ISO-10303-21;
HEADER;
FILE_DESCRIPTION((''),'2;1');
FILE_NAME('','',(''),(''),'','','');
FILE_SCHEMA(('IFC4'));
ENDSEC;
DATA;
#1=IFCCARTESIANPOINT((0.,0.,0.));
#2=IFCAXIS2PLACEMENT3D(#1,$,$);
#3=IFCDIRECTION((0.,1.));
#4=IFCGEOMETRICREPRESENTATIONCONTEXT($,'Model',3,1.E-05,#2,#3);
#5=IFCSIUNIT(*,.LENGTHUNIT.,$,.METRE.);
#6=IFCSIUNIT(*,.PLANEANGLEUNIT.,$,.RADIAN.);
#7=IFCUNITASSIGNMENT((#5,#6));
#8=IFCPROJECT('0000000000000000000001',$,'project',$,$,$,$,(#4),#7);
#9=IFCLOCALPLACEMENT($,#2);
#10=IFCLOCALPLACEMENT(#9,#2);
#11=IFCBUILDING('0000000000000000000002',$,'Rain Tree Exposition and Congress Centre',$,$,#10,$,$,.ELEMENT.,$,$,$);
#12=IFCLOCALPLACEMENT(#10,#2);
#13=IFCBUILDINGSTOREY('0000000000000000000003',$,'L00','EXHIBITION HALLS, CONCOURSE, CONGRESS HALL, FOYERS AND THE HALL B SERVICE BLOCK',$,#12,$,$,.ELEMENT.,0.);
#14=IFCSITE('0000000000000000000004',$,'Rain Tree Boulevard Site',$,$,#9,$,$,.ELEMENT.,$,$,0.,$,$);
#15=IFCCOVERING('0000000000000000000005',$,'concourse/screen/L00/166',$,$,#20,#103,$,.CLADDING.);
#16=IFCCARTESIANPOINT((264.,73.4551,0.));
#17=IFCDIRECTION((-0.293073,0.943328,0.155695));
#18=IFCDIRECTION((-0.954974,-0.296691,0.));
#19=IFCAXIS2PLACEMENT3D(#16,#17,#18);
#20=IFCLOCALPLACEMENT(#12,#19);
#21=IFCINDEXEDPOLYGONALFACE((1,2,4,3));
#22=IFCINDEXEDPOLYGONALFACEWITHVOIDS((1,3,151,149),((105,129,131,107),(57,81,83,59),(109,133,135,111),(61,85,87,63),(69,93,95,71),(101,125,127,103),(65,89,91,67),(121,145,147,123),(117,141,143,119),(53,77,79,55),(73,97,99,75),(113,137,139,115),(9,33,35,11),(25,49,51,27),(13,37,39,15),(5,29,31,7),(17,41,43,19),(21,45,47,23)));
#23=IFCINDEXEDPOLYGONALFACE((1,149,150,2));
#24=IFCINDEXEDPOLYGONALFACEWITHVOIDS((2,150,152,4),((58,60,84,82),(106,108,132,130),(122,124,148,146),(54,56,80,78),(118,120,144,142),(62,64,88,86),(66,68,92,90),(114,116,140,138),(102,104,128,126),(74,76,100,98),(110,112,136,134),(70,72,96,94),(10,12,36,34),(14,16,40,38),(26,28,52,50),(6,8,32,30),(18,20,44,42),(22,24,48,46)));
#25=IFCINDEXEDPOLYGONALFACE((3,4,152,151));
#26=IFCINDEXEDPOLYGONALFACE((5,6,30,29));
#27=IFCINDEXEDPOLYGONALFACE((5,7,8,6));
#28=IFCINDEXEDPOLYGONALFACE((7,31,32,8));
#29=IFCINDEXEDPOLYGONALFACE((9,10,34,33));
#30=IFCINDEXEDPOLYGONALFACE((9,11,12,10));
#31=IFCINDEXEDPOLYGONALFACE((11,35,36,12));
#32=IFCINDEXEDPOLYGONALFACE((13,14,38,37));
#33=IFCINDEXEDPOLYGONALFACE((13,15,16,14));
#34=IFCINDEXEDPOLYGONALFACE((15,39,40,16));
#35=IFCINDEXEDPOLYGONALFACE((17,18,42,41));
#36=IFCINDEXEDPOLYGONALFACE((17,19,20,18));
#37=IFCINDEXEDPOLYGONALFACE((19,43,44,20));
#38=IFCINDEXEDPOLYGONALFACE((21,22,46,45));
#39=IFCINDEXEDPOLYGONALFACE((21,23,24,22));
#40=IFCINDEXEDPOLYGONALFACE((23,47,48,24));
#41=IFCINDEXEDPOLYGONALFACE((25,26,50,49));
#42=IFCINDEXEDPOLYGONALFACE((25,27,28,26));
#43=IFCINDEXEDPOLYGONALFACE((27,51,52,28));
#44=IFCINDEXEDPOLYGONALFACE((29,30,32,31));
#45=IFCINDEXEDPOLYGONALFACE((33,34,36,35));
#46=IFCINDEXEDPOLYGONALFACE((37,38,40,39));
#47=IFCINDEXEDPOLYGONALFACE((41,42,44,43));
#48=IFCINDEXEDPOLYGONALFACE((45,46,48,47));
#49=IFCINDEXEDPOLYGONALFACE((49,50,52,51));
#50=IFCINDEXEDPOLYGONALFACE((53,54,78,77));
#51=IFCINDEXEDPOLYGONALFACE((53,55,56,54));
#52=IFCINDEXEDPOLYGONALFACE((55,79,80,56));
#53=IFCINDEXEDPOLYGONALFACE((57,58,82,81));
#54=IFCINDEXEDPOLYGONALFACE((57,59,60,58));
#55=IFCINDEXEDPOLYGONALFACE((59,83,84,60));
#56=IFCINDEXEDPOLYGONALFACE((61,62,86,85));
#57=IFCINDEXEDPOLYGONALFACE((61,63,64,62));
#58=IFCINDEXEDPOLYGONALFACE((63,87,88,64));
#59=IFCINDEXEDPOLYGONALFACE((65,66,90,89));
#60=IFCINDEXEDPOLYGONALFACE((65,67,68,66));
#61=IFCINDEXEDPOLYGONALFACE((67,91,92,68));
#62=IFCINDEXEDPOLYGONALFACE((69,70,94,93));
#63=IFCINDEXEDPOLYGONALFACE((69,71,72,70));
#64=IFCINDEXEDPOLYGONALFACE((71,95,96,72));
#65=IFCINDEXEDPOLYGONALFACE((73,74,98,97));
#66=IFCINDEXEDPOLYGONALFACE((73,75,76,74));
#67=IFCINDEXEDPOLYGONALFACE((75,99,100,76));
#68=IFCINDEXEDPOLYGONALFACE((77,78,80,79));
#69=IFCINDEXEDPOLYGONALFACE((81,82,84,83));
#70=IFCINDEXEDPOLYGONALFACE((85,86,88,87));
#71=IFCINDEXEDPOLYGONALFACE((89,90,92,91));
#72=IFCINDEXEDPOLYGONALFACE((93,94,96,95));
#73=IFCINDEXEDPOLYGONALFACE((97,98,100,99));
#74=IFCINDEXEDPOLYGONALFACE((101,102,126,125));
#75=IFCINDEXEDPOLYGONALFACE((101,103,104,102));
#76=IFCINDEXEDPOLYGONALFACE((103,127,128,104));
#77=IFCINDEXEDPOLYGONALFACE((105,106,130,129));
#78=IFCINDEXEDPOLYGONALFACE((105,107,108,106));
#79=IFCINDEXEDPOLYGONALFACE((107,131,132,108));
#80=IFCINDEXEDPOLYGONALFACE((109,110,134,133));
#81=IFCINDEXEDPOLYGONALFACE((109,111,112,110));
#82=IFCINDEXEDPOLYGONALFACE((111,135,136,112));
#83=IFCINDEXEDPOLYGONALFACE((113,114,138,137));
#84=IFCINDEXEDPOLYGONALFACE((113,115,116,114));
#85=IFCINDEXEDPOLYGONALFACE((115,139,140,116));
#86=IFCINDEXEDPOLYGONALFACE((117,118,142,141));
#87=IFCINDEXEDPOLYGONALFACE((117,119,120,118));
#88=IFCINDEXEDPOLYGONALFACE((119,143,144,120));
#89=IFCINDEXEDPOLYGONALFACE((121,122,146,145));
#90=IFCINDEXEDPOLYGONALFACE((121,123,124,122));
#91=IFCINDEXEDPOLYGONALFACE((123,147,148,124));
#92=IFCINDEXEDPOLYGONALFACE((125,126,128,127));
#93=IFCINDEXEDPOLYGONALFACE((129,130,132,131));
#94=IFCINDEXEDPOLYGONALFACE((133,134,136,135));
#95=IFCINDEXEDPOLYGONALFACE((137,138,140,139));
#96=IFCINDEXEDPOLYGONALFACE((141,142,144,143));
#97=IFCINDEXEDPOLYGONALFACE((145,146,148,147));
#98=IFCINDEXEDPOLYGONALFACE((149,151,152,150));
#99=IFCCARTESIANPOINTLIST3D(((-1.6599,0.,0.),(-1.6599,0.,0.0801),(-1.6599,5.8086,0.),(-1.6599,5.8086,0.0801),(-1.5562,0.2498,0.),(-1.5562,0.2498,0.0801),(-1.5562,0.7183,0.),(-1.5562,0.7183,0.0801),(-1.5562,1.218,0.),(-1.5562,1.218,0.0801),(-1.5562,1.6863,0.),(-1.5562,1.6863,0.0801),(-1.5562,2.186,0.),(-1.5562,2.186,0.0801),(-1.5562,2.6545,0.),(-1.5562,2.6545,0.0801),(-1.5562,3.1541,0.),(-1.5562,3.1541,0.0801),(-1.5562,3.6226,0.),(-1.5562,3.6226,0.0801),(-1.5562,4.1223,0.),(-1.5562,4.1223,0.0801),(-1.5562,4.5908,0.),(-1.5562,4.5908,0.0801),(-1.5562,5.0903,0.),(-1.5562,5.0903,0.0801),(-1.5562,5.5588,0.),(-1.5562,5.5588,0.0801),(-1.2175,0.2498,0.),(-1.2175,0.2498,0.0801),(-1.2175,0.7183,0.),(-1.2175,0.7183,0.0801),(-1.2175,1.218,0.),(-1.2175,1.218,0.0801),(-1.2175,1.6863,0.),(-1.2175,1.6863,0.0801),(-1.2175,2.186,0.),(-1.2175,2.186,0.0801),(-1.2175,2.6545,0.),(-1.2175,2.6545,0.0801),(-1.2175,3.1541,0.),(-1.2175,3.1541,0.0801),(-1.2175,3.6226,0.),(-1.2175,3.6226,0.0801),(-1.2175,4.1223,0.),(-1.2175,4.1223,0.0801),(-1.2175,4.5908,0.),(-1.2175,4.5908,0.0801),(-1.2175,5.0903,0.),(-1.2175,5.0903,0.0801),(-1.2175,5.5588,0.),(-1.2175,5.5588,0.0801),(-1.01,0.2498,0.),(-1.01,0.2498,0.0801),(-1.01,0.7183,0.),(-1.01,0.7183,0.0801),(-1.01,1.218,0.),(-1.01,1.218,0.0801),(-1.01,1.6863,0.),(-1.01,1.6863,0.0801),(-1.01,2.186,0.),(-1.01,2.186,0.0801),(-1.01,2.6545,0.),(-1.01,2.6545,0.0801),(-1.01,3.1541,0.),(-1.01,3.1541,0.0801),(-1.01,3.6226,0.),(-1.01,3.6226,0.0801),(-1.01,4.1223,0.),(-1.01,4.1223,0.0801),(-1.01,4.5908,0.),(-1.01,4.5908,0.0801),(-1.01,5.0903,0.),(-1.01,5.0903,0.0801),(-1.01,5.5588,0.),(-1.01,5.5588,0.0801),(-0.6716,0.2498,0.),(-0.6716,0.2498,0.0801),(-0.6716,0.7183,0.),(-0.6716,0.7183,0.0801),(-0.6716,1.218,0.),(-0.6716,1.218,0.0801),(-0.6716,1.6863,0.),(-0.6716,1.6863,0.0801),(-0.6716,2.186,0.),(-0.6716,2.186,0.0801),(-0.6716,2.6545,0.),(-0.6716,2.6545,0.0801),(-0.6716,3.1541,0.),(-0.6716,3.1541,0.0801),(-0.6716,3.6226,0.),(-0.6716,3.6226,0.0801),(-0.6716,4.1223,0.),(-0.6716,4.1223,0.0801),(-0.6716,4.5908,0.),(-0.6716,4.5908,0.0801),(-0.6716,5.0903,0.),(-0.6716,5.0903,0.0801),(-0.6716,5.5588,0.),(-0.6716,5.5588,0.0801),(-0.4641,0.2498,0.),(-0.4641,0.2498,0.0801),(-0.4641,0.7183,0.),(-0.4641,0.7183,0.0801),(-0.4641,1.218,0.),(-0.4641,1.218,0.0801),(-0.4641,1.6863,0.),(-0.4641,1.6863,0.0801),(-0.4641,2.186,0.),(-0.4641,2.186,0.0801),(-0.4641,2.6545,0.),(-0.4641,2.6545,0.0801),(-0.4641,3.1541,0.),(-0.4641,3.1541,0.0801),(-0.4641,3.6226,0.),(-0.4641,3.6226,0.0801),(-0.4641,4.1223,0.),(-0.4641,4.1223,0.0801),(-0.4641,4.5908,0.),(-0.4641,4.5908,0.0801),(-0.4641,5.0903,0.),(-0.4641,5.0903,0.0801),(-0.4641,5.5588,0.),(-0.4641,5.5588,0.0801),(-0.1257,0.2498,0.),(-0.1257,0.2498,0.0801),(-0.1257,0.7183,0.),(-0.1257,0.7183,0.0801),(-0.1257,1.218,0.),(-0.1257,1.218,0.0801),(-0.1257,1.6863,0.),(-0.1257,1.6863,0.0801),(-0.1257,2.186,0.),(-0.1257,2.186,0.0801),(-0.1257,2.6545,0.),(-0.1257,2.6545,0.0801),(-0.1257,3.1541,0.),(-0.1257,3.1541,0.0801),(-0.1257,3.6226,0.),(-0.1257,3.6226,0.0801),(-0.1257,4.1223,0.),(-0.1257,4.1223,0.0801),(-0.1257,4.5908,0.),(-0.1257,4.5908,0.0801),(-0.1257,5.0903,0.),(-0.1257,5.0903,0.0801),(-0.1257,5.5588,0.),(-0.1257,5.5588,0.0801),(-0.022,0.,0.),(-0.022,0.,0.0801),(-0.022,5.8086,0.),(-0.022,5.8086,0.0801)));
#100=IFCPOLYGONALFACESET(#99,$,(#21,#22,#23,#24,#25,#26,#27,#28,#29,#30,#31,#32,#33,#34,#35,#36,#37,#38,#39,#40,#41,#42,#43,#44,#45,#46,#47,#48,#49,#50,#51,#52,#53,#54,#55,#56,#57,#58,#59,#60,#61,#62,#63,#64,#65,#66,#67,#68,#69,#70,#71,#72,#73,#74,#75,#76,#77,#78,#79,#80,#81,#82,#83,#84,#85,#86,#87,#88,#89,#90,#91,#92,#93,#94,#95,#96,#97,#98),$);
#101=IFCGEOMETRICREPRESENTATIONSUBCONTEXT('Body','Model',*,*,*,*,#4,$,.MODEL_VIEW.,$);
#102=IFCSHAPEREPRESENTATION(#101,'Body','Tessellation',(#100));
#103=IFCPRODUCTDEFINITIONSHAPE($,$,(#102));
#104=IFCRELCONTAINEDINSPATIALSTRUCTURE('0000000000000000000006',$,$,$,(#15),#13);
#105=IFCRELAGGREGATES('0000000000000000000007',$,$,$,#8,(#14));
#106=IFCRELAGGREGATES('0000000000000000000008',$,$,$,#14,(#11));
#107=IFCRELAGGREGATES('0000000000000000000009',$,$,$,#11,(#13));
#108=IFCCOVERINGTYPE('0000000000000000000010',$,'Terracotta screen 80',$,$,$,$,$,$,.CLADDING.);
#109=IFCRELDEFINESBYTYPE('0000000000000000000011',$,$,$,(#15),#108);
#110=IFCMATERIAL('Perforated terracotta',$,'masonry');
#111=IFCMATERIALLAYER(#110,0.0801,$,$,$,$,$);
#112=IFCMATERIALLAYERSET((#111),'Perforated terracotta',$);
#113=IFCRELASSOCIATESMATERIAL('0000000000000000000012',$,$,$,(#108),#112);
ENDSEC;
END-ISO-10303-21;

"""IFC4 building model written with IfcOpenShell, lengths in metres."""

from ifc_helpers import new_model, si_unit, direction, frame, origin, place, context, subcontext, project, spatial, polyline, outline, extrude, material, layer, layer_set, type_object, element, save


model = new_model("IFC4")

# Units and contexts
model_context = context("Model", 3, precision=1e-05, world=origin(), true_north=direction((0.0, 1.0)))
body_context = subcontext(model_context, "Body", "Model", "MODEL_VIEW")
ifc_project = project(units=[si_unit("LENGTHUNIT", "METRE"), si_unit("PLANEANGLEUNIT", "RADIAN")], contexts=[model_context])

# Site, building, storey
site_placement = place(None, origin())
site = spatial("IfcSite", under=ifc_project, at=site_placement, Name="Rain Tree Boulevard Site", CompositionType="ELEMENT", RefElevation=0.0)
building_placement = place(site_placement, origin())
building = spatial("IfcBuilding", under=site, at=building_placement, Name="Rain Tree Exposition and Congress Centre", CompositionType="ELEMENT")
storey_placement = place(building_placement, origin())
storey = spatial("IfcBuildingStorey", under=building, at=storey_placement, Name="L00", Description="EXHIBITION HALLS, CONCOURSE, CONGRESS HALL, FOYERS AND THE HALL B SERVICE BLOCK", CompositionType="ELEMENT", Elevation=0.0)

# Covering
ifc_material_1 = material(Name="Perforated terracotta", Category="masonry")
ifc_layer_1 = layer(ifc_material_1, 0.0801)
ifc_layer_set_1 = layer_set([ifc_layer_1], Name="Perforated terracotta")
covering_type = type_object("IfcCoveringType", Name="Terracotta screen 80", PredefinedType="CLADDING", material=ifc_layer_set_1)
covering_1_placement = place(storey_placement, frame((264.0, 73.4551, 0.0), z_axis=(-0.293073, 0.943328, 0.155695), x_axis=(-0.954974, -0.296691, 0.0)))
element("IfcCovering", 1, at=covering_1_placement, inside=storey, type_object=covering_type, Name="concourse/screen/L00/166", PredefinedType="CLADDING", context=body_context, shape_type="SweptSolid", body=[
    extrude(outline(polyline([(-0.022, 0.0), (-1.6599, 0.0), (-1.6599, 5.8086), (-0.022, 5.8086), (-0.022, 0.0)]), holes=[polyline([(-0.1257, 0.2498), (-0.1257, 0.7183), (-0.4641, 0.7183), (-0.4641, 0.2498), (-0.1257, 0.2498)]), polyline([(-0.1257, 1.218), (-0.1257, 1.6863), (-0.4641, 1.6863), (-0.4641, 1.218), (-0.1257, 1.218)]), polyline([(-0.1257, 2.186), (-0.1257, 2.6545), (-0.4641, 2.6545), (-0.4641, 2.186), (-0.1257, 2.186)]), polyline([(-0.1257, 3.1541), (-0.1257, 3.6226), (-0.4641, 3.6226), (-0.4641, 3.1541), (-0.1257, 3.1541)]), polyline([(-0.1257, 4.1223), (-0.1257, 4.5908), (-0.4641, 4.5908), (-0.4641, 4.1223), (-0.1257, 4.1223)]), polyline([(-0.1257, 5.0903), (-0.1257, 5.5588), (-0.4641, 5.5588), (-0.4641, 5.0903), (-0.1257, 5.0903)]), polyline([(-0.6716, 0.2498), (-0.6716, 0.7183), (-1.01, 0.7183), (-1.01, 0.2498), (-0.6716, 0.2498)]), polyline([(-0.6716, 1.218), (-0.6716, 1.6863), (-1.01, 1.6863), (-1.01, 1.218), (-0.6716, 1.218)]), polyline([(-0.6716, 2.186), (-0.6716, 2.6545), (-1.01, 2.6545), (-1.01, 2.186), (-0.6716, 2.186)]), polyline([(-0.6716, 3.1541), (-0.6716, 3.6226), (-1.01, 3.6226), (-1.01, 3.1541), (-0.6716, 3.1541)]), polyline([(-0.6716, 4.1223), (-0.6716, 4.5908), (-1.01, 4.5908), (-1.01, 4.1223), (-0.6716, 4.1223)]), polyline([(-0.6716, 5.0903), (-0.6716, 5.5588), (-1.01, 5.5588), (-1.01, 5.0903), (-0.6716, 5.0903)]), polyline([(-1.2175, 0.2498), (-1.2175, 0.7183), (-1.5562, 0.7183), (-1.5562, 0.2498), (-1.2175, 0.2498)]), polyline([(-1.2175, 1.218), (-1.2175, 1.6863), (-1.5562, 1.6863), (-1.5562, 1.218), (-1.2175, 1.218)]), polyline([(-1.2175, 2.186), (-1.2175, 2.6545), (-1.5562, 2.6545), (-1.5562, 2.186), (-1.2175, 2.186)]), polyline([(-1.2175, 3.1541), (-1.2175, 3.6226), (-1.5562, 3.6226), (-1.5562, 3.1541), (-1.2175, 3.1541)]), polyline([(-1.2175, 4.1223), (-1.2175, 4.5908), (-1.5562, 4.5908), (-1.5562, 4.1223), (-1.2175, 4.1223)]), polyline([(-1.2175, 5.0903), (-1.2175, 5.5588), (-1.5562, 5.5588), (-1.5562, 5.0903), (-1.2175, 5.0903)])]), origin(), (0.0, 0.0, 1.0), 0.0801),
])

save(model, "model.ifc")
